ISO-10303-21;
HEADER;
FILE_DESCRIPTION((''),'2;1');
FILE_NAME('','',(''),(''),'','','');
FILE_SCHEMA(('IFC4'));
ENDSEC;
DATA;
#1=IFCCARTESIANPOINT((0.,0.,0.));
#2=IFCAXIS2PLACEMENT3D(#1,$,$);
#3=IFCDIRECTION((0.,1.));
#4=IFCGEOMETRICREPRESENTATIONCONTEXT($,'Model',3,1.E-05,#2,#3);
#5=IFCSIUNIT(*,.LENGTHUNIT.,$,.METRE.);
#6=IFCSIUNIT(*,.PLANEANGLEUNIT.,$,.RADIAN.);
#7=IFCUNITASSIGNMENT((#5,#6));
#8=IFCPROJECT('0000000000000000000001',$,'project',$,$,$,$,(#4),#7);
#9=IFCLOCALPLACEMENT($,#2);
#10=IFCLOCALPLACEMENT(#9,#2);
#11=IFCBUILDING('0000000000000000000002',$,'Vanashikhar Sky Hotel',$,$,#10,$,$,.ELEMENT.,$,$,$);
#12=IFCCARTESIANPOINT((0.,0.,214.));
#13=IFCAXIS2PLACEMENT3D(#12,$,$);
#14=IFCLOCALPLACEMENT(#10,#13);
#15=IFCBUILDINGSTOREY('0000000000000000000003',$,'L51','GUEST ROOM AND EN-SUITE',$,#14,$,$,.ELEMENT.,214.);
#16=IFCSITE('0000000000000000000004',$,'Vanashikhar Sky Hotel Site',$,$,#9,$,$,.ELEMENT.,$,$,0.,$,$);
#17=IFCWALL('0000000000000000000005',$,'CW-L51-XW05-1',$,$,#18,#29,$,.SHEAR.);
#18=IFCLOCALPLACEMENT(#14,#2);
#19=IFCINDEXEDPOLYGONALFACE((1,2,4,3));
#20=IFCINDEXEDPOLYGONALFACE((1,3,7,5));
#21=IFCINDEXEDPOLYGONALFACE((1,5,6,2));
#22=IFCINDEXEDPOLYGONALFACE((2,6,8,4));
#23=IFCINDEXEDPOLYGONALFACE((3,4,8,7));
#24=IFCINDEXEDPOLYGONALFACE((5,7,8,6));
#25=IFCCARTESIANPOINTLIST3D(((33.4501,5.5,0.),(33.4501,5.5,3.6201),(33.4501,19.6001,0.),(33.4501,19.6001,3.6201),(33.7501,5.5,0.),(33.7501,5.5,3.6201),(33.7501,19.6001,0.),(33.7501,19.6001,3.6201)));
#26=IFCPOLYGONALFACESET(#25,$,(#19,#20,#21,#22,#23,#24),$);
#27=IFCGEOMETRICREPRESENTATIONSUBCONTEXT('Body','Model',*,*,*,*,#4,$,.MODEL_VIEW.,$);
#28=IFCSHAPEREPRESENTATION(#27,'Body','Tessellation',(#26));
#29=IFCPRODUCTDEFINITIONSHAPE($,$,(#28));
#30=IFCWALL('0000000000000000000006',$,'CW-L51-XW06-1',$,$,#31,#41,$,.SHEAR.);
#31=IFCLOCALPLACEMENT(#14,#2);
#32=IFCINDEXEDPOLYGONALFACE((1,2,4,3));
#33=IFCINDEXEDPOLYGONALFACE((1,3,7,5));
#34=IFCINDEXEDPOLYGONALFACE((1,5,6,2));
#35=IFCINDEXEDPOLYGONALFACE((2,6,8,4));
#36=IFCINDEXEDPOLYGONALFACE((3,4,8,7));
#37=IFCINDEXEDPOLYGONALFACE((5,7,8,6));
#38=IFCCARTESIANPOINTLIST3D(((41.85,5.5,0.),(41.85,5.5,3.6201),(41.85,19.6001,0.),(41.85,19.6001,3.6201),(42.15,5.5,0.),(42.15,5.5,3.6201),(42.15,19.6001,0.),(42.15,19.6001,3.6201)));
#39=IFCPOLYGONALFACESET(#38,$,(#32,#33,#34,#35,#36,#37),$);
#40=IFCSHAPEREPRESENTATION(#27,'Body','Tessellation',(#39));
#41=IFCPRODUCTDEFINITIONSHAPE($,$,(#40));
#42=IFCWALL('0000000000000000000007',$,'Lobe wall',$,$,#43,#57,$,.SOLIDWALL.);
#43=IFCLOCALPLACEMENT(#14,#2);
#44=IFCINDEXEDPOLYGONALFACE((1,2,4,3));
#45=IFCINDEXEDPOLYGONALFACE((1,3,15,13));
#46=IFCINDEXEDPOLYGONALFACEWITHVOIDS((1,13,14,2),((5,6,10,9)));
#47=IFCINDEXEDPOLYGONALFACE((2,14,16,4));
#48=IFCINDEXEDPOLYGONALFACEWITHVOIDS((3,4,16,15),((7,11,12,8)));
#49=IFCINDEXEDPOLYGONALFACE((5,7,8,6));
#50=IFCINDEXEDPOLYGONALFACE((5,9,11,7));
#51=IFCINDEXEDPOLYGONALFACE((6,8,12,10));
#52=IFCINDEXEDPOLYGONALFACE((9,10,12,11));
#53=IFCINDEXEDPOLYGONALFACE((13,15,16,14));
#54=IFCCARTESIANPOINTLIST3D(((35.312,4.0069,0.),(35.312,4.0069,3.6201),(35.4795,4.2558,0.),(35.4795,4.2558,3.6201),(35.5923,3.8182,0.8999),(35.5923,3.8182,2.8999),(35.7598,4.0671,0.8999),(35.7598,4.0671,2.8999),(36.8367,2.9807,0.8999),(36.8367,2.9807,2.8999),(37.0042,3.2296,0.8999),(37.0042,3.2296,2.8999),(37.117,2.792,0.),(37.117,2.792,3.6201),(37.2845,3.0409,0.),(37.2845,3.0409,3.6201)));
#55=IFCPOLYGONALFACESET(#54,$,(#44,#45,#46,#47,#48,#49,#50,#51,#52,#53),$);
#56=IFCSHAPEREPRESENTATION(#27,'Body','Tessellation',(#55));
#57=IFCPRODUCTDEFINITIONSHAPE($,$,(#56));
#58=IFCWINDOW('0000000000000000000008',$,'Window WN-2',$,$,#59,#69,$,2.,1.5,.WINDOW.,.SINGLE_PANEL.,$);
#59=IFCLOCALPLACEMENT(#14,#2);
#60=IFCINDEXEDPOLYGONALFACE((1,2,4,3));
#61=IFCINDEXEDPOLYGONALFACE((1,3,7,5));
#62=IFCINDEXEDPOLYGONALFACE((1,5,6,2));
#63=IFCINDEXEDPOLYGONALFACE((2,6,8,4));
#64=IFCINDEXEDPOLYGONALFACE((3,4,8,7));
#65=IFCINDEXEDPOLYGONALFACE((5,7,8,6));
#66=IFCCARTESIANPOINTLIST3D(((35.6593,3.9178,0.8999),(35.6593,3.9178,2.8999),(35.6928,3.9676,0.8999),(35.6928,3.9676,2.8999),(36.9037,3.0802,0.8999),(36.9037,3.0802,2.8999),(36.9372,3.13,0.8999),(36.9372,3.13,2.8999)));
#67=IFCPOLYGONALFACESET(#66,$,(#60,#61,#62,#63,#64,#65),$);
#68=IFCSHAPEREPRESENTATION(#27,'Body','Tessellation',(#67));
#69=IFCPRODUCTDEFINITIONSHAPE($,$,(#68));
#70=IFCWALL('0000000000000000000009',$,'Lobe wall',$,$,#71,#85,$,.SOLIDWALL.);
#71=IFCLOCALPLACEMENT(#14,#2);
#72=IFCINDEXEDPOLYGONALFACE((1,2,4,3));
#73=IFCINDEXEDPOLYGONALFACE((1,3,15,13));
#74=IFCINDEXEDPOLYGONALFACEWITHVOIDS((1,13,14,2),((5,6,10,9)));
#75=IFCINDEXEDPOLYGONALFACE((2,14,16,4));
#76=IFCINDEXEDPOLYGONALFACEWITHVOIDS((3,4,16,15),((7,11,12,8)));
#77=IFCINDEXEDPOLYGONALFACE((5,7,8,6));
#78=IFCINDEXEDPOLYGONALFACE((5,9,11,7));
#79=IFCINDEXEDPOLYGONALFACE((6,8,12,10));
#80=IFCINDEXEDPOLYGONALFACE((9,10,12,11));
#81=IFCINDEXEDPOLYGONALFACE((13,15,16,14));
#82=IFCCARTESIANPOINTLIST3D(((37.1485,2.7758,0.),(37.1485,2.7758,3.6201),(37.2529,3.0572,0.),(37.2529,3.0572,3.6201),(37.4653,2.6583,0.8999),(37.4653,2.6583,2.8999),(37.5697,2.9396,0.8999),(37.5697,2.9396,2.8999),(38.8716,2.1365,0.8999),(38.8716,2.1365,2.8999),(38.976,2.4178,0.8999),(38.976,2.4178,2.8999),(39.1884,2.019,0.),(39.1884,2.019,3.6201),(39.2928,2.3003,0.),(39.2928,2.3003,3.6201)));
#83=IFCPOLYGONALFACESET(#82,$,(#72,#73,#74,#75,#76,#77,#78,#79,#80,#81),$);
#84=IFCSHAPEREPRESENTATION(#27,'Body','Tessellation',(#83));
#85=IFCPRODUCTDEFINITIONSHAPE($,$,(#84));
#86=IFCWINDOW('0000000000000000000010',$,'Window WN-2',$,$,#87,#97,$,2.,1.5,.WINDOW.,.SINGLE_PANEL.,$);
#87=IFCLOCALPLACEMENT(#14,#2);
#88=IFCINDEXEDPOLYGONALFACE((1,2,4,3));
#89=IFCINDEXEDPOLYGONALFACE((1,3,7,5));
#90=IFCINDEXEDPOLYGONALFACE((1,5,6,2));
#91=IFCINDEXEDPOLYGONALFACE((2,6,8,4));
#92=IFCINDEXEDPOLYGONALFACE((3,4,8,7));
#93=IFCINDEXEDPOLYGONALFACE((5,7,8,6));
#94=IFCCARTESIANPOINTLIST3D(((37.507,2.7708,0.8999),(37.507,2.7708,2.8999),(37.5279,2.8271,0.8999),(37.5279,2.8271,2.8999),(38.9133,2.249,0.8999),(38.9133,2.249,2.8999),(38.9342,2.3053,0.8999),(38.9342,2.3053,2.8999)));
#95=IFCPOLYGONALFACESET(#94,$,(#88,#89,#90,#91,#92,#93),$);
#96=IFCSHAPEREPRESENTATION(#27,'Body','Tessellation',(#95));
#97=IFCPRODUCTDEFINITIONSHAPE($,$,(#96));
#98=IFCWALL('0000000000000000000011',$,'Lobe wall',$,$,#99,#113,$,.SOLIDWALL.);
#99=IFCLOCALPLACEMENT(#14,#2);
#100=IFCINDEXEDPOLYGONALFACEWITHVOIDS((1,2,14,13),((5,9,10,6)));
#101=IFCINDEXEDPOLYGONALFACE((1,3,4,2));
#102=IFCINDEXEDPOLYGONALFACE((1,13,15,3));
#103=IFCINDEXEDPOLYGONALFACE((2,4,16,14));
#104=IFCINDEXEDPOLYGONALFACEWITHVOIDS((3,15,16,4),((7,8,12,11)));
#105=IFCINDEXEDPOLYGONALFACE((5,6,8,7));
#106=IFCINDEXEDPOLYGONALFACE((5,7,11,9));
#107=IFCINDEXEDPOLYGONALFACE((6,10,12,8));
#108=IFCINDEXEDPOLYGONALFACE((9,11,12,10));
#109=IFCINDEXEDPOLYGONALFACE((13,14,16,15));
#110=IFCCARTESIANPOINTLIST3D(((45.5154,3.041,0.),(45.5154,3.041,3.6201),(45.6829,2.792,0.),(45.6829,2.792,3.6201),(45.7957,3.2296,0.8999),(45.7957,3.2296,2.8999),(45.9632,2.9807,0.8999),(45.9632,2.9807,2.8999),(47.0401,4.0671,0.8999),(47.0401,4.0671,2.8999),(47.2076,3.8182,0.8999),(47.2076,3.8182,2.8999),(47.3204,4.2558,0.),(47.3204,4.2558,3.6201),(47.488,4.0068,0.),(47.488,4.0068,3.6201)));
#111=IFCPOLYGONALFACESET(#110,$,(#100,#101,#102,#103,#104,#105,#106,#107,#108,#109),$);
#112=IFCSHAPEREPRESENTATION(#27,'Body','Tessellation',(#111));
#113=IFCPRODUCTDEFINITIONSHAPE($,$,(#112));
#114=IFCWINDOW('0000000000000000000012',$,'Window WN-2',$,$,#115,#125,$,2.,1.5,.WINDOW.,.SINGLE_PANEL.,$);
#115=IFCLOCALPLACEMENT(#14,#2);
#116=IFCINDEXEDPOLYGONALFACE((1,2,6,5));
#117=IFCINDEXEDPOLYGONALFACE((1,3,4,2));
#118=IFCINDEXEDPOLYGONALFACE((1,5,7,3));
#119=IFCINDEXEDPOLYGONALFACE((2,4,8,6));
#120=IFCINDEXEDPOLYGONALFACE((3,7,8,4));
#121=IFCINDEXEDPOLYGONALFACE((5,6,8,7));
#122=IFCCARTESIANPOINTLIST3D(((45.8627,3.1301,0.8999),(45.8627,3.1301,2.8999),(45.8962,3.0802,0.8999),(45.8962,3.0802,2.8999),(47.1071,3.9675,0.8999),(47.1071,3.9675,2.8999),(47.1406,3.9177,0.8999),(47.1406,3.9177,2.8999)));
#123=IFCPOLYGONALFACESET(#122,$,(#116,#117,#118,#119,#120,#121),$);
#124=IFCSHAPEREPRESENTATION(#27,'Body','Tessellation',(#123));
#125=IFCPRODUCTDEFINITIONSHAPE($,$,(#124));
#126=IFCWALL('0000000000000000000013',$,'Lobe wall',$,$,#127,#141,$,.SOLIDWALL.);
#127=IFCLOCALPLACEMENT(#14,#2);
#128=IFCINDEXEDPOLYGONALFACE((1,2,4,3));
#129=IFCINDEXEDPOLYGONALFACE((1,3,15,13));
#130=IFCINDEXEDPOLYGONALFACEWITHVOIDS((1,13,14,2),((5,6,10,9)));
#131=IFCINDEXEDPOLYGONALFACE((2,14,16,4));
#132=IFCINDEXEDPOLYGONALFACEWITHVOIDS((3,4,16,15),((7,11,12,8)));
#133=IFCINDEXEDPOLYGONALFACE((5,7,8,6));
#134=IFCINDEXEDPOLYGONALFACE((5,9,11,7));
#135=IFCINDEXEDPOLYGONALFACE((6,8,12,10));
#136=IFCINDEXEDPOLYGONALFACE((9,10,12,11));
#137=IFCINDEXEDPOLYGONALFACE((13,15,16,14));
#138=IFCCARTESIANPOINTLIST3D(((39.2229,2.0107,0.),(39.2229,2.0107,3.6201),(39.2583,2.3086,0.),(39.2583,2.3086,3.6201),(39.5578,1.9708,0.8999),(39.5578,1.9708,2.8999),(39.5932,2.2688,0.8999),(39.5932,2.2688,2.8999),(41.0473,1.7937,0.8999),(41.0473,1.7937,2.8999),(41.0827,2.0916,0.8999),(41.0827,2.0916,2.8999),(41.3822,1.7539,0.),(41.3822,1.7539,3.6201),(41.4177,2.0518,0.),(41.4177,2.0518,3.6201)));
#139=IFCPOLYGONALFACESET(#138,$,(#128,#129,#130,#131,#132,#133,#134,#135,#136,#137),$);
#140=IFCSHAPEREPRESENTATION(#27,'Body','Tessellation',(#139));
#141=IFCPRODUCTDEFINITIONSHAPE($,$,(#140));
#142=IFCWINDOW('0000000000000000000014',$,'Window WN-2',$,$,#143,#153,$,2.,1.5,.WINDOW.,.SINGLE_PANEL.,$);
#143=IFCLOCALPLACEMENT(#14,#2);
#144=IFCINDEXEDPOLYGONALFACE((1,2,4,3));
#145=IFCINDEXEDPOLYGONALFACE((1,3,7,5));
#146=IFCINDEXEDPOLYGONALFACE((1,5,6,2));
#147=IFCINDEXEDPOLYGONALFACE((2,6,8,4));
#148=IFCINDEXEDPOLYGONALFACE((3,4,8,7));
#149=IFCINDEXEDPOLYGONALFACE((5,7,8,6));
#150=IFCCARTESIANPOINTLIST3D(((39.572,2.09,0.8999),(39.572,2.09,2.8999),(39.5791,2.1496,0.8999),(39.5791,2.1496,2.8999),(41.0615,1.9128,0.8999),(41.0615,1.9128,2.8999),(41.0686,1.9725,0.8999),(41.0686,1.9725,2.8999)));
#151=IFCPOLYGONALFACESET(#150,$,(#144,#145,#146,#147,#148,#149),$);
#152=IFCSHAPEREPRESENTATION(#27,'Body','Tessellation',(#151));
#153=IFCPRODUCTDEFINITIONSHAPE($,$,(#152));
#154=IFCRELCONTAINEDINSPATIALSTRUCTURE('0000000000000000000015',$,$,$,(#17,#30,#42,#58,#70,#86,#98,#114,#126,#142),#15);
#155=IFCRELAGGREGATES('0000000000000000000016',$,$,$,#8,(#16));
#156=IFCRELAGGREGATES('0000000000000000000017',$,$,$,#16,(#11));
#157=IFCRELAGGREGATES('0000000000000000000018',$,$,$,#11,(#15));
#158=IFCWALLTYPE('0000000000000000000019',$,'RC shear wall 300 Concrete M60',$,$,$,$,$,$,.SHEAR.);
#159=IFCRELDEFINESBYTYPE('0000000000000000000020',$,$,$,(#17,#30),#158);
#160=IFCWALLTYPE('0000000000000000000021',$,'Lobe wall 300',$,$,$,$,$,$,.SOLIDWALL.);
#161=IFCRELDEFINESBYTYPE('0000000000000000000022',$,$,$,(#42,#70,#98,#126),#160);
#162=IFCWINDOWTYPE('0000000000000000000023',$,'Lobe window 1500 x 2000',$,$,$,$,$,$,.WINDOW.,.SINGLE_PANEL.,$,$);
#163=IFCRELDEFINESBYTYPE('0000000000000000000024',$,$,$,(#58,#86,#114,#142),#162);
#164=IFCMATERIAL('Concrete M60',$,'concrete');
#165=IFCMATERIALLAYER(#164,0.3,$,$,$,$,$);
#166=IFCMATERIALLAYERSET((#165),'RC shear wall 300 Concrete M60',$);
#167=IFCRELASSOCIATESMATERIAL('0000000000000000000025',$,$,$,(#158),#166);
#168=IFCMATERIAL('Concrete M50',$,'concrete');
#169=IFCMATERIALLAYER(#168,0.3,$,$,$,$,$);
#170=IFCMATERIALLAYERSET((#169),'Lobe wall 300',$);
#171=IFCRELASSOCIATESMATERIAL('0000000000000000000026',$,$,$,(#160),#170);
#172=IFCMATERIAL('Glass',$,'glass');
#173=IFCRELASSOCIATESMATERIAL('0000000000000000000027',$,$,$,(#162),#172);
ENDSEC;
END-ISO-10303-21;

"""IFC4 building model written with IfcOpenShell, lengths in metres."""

from ifc_helpers import new_model, si_unit, direction, frame, frame_2d, origin, place, context, subcontext, project, spatial, rectangle, extrude, source, transform, mapped, material, layer, layer_set, type_object, element, fill, save


model = new_model("IFC4")

# Units and contexts
model_context = context("Model", 3, precision=1e-05, world=origin(), true_north=direction((0.0, 1.0)))
body_context = subcontext(model_context, "Body", "Model", "MODEL_VIEW")
ifc_project = project(units=[si_unit("LENGTHUNIT", "METRE"), si_unit("PLANEANGLEUNIT", "RADIAN")], contexts=[model_context])

# Site, building, storey
site_placement = place(None, origin())
site = spatial("IfcSite", under=ifc_project, at=site_placement, Name="Vanashikhar Sky Hotel Site", CompositionType="ELEMENT", RefElevation=0.0)
building_placement = place(site_placement, origin())
building = spatial("IfcBuilding", under=site, at=building_placement, Name="Vanashikhar Sky Hotel", CompositionType="ELEMENT")
storey_placement = place(building_placement, frame((0.0, 0.0, 214.0)))
storey = spatial("IfcBuildingStorey", under=building, at=storey_placement, Name="L51", Description="GUEST ROOM AND EN-SUITE", CompositionType="ELEMENT", Elevation=214.0)

# Walls
ifc_material_1 = material(Name="Concrete M60", Category="concrete")
ifc_layer_1 = layer(ifc_material_1, 0.3)
ifc_layer_set_1 = layer_set([ifc_layer_1], Name="RC shear wall 300 Concrete M60")
wall_type_1 = type_object("IfcWallType", Name="RC shear wall 300 Concrete M60", PredefinedType="SHEAR", material=ifc_layer_set_1)
shared_shape_1 = source(origin(), body_context, "Body", "SweptSolid", [
    extrude(rectangle(XDim=14.1001, YDim=0.3, at=frame_2d((7.05, 0.0))), origin(), (0.0, 0.0, 1.0), 3.6201),
])
for number, where, z_axis, x_axis, name in (
    (1, (33.6001, 5.5, 0.0), (0.0, 0.0, 1.0), (0.0, 1.0, 0.0), "CW-L51-XW05-1"),
    (2, (42.0, 5.5, 0.0), (0.0, 0.0, 1.0), (0.0, 1.0, 0.0), "CW-L51-XW06-1"),
):
    element("IfcWall", number, at=place(storey_placement, frame(where, z_axis=z_axis, x_axis=x_axis)), inside=storey, type_object=wall_type_1, Name=name, PredefinedType="SHEAR", context=body_context, shape_type="MappedRepresentation", body=[
        mapped(shared_shape_1, transform((0.0, 0.0, 0.0), scale=1.0)),
    ])

# Walls, openings, windows
ifc_material_2 = material(Name="Concrete M50", Category="concrete")
ifc_layer_2 = layer(ifc_material_2, 0.3)
ifc_layer_set_2 = layer_set([ifc_layer_2], Name="Lobe wall 300")
wall_type_2 = type_object("IfcWallType", Name="Lobe wall 300", PredefinedType="SOLIDWALL", material=ifc_layer_set_2)
shared_shape_2 = source(origin(), body_context, "Body", "SweptSolid", [
    extrude(rectangle(XDim=2.1758, YDim=0.3, at=frame_2d((1.0879, 0.0))), origin(), (0.0, 0.0, 1.0), 3.6201),
])
wall_1_placement = place(storey_placement, frame((35.3958, 4.1313, 0.0), z_axis=(0.0, 0.0, 1.0), x_axis=(0.829591, -0.558372, 0.0)))
wall_1 = element("IfcWall", 3, at=wall_1_placement, inside=storey, type_object=wall_type_2, Name="Lobe wall", PredefinedType="SOLIDWALL", context=body_context, shape_type="MappedRepresentation", body=[
    mapped(shared_shape_2, transform((0.0, 0.0, 0.0), scale=1.0)),
])
shared_shape_3 = source(origin(), body_context, "Body", "SweptSolid", [
    extrude(rectangle(XDim=1.5, YDim=2.0, at=frame_2d((0.75, 1.0))), frame((0.0, 0.1602, 0.0), z_axis=(0.0, -1.0, 0.0), x_axis=(1.0, 0.0, 0.0)), (0.0, 0.0, 1.0), 0.3201),
])
opening_1_placement = place(wall_1_placement, frame((0.3379, 0.0, 0.8999)))
opening_1 = element("IfcOpeningElement", 4, at=opening_1_placement, cuts=wall_1, PredefinedType="OPENING", context=body_context, shape_type="MappedRepresentation", body=[
    mapped(shared_shape_3, transform((0.0, 0.0, 0.0), scale=1.0)),
])
ifc_material_3 = material(Name="Glass", Category="glass")
window_type = type_object("IfcWindowType", Name="Lobe window 1500 x 2000", PartitioningType="SINGLE_PANEL", PredefinedType="WINDOW", material=ifc_material_3)
shared_shape_4 = source(origin(), body_context, "Body", "SweptSolid", [
    extrude(rectangle(XDim=1.5, YDim=2.0, at=frame_2d((0.75, 1.0))), frame((0.0, 0.03, 0.0), z_axis=(0.0, -1.0, 0.0), x_axis=(1.0, 0.0, 0.0)), (0.0, 0.0, 1.0), 0.0601),
])
window_1_placement = place(opening_1_placement, origin())
window_1 = element("IfcWindow", 5, at=window_1_placement, inside=storey, type_object=window_type, Name="Window WN-2", OverallHeight=2.0, OverallWidth=1.5, PartitioningType="SINGLE_PANEL", PredefinedType="WINDOW", context=body_context, shape_type="MappedRepresentation", body=[
    mapped(shared_shape_4, transform((0.0, 0.0, 0.0), scale=1.0)),
])
fill(opening_1, window_1)
wall_2_placement = place(storey_placement, frame((37.2007, 2.9165, 0.0), z_axis=(0.0, 0.0, 1.0), x_axis=(0.937546, -0.347863, 0.0)))
wall_2 = element("IfcWall", 6, at=wall_2_placement, inside=storey, type_object=wall_type_2, Name="Lobe wall", PredefinedType="SOLIDWALL", context=body_context, shape_type="MappedRepresentation", body=[
    mapped(shared_shape_2, transform((0.0, 0.0, 0.0), scale=1.0)),
])
opening_2_placement = place(wall_2_placement, frame((0.3379, 0.0, 0.8999)))
opening_2 = element("IfcOpeningElement", 7, at=opening_2_placement, cuts=wall_2, PredefinedType="OPENING", context=body_context, shape_type="MappedRepresentation", body=[
    mapped(shared_shape_3, transform((0.0, 0.0, 0.0), scale=1.0)),
])
window_2_placement = place(opening_2_placement, origin())
window_2 = element("IfcWindow", 8, at=window_2_placement, inside=storey, type_object=window_type, Name="Window WN-2", OverallHeight=2.0, OverallWidth=1.5, PartitioningType="SINGLE_PANEL", PredefinedType="WINDOW", context=body_context, shape_type="MappedRepresentation", body=[
    mapped(shared_shape_4, transform((0.0, 0.0, 0.0), scale=1.0)),
])
fill(opening_2, window_2)
wall_3_placement = place(storey_placement, frame((45.5991, 2.9165, 0.0), z_axis=(0.0, 0.0, 1.0), x_axis=(0.829626, 0.55832, 0.0)))
wall_3 = element("IfcWall", 9, at=wall_3_placement, inside=storey, type_object=wall_type_2, Name="Lobe wall", PredefinedType="SOLIDWALL", context=body_context, shape_type="MappedRepresentation", body=[
    mapped(shared_shape_2, transform((0.0, 0.0, 0.0), scale=1.0)),
])
opening_3_placement = place(wall_3_placement, frame((0.3379, 0.0, 0.8999)))
opening_3 = element("IfcOpeningElement", 10, at=opening_3_placement, cuts=wall_3, PredefinedType="OPENING", context=body_context, shape_type="MappedRepresentation", body=[
    mapped(shared_shape_3, transform((0.0, 0.0, 0.0), scale=1.0)),
])
window_3_placement = place(opening_3_placement, origin())
window_3 = element("IfcWindow", 11, at=window_3_placement, inside=storey, type_object=window_type, Name="Window WN-2", OverallHeight=2.0, OverallWidth=1.5, PartitioningType="SINGLE_PANEL", PredefinedType="WINDOW", context=body_context, shape_type="MappedRepresentation", body=[
    mapped(shared_shape_4, transform((0.0, 0.0, 0.0), scale=1.0)),
])
fill(opening_3, window_3)
shared_shape_5 = source(origin(), body_context, "Body", "SweptSolid", [
    extrude(rectangle(XDim=2.1746, YDim=0.3, at=frame_2d((1.0874, 0.0))), origin(), (0.0, 0.0, 1.0), 3.6201),
])
wall_4_placement = place(storey_placement, frame((39.2405, 2.1597, 0.0), z_axis=(0.0, 0.0, 1.0), x_axis=(0.993001, -0.118105, 0.0)))
wall_4 = element("IfcWall", 12, at=wall_4_placement, inside=storey, type_object=wall_type_2, Name="Lobe wall", PredefinedType="SOLIDWALL", context=body_context, shape_type="MappedRepresentation", body=[
    mapped(shared_shape_5, transform((0.0, 0.0, 0.0), scale=1.0)),
])
opening_4_placement = place(wall_4_placement, frame((0.3374, 0.0, 0.8999)))
opening_4 = element("IfcOpeningElement", 13, at=opening_4_placement, cuts=wall_4, PredefinedType="OPENING", context=body_context, shape_type="MappedRepresentation", body=[
    mapped(shared_shape_3, transform((0.0, 0.0, 0.0), scale=1.0)),
])
window_4_placement = place(opening_4_placement, origin())
window_4 = element("IfcWindow", 14, at=window_4_placement, inside=storey, type_object=window_type, Name="Window WN-2", OverallHeight=2.0, OverallWidth=1.5, PartitioningType="SINGLE_PANEL", PredefinedType="WINDOW", context=body_context, shape_type="MappedRepresentation", body=[
    mapped(shared_shape_4, transform((0.0, 0.0, 0.0), scale=1.0)),
])
fill(opening_4, window_4)

save(model, "model.ifc")
